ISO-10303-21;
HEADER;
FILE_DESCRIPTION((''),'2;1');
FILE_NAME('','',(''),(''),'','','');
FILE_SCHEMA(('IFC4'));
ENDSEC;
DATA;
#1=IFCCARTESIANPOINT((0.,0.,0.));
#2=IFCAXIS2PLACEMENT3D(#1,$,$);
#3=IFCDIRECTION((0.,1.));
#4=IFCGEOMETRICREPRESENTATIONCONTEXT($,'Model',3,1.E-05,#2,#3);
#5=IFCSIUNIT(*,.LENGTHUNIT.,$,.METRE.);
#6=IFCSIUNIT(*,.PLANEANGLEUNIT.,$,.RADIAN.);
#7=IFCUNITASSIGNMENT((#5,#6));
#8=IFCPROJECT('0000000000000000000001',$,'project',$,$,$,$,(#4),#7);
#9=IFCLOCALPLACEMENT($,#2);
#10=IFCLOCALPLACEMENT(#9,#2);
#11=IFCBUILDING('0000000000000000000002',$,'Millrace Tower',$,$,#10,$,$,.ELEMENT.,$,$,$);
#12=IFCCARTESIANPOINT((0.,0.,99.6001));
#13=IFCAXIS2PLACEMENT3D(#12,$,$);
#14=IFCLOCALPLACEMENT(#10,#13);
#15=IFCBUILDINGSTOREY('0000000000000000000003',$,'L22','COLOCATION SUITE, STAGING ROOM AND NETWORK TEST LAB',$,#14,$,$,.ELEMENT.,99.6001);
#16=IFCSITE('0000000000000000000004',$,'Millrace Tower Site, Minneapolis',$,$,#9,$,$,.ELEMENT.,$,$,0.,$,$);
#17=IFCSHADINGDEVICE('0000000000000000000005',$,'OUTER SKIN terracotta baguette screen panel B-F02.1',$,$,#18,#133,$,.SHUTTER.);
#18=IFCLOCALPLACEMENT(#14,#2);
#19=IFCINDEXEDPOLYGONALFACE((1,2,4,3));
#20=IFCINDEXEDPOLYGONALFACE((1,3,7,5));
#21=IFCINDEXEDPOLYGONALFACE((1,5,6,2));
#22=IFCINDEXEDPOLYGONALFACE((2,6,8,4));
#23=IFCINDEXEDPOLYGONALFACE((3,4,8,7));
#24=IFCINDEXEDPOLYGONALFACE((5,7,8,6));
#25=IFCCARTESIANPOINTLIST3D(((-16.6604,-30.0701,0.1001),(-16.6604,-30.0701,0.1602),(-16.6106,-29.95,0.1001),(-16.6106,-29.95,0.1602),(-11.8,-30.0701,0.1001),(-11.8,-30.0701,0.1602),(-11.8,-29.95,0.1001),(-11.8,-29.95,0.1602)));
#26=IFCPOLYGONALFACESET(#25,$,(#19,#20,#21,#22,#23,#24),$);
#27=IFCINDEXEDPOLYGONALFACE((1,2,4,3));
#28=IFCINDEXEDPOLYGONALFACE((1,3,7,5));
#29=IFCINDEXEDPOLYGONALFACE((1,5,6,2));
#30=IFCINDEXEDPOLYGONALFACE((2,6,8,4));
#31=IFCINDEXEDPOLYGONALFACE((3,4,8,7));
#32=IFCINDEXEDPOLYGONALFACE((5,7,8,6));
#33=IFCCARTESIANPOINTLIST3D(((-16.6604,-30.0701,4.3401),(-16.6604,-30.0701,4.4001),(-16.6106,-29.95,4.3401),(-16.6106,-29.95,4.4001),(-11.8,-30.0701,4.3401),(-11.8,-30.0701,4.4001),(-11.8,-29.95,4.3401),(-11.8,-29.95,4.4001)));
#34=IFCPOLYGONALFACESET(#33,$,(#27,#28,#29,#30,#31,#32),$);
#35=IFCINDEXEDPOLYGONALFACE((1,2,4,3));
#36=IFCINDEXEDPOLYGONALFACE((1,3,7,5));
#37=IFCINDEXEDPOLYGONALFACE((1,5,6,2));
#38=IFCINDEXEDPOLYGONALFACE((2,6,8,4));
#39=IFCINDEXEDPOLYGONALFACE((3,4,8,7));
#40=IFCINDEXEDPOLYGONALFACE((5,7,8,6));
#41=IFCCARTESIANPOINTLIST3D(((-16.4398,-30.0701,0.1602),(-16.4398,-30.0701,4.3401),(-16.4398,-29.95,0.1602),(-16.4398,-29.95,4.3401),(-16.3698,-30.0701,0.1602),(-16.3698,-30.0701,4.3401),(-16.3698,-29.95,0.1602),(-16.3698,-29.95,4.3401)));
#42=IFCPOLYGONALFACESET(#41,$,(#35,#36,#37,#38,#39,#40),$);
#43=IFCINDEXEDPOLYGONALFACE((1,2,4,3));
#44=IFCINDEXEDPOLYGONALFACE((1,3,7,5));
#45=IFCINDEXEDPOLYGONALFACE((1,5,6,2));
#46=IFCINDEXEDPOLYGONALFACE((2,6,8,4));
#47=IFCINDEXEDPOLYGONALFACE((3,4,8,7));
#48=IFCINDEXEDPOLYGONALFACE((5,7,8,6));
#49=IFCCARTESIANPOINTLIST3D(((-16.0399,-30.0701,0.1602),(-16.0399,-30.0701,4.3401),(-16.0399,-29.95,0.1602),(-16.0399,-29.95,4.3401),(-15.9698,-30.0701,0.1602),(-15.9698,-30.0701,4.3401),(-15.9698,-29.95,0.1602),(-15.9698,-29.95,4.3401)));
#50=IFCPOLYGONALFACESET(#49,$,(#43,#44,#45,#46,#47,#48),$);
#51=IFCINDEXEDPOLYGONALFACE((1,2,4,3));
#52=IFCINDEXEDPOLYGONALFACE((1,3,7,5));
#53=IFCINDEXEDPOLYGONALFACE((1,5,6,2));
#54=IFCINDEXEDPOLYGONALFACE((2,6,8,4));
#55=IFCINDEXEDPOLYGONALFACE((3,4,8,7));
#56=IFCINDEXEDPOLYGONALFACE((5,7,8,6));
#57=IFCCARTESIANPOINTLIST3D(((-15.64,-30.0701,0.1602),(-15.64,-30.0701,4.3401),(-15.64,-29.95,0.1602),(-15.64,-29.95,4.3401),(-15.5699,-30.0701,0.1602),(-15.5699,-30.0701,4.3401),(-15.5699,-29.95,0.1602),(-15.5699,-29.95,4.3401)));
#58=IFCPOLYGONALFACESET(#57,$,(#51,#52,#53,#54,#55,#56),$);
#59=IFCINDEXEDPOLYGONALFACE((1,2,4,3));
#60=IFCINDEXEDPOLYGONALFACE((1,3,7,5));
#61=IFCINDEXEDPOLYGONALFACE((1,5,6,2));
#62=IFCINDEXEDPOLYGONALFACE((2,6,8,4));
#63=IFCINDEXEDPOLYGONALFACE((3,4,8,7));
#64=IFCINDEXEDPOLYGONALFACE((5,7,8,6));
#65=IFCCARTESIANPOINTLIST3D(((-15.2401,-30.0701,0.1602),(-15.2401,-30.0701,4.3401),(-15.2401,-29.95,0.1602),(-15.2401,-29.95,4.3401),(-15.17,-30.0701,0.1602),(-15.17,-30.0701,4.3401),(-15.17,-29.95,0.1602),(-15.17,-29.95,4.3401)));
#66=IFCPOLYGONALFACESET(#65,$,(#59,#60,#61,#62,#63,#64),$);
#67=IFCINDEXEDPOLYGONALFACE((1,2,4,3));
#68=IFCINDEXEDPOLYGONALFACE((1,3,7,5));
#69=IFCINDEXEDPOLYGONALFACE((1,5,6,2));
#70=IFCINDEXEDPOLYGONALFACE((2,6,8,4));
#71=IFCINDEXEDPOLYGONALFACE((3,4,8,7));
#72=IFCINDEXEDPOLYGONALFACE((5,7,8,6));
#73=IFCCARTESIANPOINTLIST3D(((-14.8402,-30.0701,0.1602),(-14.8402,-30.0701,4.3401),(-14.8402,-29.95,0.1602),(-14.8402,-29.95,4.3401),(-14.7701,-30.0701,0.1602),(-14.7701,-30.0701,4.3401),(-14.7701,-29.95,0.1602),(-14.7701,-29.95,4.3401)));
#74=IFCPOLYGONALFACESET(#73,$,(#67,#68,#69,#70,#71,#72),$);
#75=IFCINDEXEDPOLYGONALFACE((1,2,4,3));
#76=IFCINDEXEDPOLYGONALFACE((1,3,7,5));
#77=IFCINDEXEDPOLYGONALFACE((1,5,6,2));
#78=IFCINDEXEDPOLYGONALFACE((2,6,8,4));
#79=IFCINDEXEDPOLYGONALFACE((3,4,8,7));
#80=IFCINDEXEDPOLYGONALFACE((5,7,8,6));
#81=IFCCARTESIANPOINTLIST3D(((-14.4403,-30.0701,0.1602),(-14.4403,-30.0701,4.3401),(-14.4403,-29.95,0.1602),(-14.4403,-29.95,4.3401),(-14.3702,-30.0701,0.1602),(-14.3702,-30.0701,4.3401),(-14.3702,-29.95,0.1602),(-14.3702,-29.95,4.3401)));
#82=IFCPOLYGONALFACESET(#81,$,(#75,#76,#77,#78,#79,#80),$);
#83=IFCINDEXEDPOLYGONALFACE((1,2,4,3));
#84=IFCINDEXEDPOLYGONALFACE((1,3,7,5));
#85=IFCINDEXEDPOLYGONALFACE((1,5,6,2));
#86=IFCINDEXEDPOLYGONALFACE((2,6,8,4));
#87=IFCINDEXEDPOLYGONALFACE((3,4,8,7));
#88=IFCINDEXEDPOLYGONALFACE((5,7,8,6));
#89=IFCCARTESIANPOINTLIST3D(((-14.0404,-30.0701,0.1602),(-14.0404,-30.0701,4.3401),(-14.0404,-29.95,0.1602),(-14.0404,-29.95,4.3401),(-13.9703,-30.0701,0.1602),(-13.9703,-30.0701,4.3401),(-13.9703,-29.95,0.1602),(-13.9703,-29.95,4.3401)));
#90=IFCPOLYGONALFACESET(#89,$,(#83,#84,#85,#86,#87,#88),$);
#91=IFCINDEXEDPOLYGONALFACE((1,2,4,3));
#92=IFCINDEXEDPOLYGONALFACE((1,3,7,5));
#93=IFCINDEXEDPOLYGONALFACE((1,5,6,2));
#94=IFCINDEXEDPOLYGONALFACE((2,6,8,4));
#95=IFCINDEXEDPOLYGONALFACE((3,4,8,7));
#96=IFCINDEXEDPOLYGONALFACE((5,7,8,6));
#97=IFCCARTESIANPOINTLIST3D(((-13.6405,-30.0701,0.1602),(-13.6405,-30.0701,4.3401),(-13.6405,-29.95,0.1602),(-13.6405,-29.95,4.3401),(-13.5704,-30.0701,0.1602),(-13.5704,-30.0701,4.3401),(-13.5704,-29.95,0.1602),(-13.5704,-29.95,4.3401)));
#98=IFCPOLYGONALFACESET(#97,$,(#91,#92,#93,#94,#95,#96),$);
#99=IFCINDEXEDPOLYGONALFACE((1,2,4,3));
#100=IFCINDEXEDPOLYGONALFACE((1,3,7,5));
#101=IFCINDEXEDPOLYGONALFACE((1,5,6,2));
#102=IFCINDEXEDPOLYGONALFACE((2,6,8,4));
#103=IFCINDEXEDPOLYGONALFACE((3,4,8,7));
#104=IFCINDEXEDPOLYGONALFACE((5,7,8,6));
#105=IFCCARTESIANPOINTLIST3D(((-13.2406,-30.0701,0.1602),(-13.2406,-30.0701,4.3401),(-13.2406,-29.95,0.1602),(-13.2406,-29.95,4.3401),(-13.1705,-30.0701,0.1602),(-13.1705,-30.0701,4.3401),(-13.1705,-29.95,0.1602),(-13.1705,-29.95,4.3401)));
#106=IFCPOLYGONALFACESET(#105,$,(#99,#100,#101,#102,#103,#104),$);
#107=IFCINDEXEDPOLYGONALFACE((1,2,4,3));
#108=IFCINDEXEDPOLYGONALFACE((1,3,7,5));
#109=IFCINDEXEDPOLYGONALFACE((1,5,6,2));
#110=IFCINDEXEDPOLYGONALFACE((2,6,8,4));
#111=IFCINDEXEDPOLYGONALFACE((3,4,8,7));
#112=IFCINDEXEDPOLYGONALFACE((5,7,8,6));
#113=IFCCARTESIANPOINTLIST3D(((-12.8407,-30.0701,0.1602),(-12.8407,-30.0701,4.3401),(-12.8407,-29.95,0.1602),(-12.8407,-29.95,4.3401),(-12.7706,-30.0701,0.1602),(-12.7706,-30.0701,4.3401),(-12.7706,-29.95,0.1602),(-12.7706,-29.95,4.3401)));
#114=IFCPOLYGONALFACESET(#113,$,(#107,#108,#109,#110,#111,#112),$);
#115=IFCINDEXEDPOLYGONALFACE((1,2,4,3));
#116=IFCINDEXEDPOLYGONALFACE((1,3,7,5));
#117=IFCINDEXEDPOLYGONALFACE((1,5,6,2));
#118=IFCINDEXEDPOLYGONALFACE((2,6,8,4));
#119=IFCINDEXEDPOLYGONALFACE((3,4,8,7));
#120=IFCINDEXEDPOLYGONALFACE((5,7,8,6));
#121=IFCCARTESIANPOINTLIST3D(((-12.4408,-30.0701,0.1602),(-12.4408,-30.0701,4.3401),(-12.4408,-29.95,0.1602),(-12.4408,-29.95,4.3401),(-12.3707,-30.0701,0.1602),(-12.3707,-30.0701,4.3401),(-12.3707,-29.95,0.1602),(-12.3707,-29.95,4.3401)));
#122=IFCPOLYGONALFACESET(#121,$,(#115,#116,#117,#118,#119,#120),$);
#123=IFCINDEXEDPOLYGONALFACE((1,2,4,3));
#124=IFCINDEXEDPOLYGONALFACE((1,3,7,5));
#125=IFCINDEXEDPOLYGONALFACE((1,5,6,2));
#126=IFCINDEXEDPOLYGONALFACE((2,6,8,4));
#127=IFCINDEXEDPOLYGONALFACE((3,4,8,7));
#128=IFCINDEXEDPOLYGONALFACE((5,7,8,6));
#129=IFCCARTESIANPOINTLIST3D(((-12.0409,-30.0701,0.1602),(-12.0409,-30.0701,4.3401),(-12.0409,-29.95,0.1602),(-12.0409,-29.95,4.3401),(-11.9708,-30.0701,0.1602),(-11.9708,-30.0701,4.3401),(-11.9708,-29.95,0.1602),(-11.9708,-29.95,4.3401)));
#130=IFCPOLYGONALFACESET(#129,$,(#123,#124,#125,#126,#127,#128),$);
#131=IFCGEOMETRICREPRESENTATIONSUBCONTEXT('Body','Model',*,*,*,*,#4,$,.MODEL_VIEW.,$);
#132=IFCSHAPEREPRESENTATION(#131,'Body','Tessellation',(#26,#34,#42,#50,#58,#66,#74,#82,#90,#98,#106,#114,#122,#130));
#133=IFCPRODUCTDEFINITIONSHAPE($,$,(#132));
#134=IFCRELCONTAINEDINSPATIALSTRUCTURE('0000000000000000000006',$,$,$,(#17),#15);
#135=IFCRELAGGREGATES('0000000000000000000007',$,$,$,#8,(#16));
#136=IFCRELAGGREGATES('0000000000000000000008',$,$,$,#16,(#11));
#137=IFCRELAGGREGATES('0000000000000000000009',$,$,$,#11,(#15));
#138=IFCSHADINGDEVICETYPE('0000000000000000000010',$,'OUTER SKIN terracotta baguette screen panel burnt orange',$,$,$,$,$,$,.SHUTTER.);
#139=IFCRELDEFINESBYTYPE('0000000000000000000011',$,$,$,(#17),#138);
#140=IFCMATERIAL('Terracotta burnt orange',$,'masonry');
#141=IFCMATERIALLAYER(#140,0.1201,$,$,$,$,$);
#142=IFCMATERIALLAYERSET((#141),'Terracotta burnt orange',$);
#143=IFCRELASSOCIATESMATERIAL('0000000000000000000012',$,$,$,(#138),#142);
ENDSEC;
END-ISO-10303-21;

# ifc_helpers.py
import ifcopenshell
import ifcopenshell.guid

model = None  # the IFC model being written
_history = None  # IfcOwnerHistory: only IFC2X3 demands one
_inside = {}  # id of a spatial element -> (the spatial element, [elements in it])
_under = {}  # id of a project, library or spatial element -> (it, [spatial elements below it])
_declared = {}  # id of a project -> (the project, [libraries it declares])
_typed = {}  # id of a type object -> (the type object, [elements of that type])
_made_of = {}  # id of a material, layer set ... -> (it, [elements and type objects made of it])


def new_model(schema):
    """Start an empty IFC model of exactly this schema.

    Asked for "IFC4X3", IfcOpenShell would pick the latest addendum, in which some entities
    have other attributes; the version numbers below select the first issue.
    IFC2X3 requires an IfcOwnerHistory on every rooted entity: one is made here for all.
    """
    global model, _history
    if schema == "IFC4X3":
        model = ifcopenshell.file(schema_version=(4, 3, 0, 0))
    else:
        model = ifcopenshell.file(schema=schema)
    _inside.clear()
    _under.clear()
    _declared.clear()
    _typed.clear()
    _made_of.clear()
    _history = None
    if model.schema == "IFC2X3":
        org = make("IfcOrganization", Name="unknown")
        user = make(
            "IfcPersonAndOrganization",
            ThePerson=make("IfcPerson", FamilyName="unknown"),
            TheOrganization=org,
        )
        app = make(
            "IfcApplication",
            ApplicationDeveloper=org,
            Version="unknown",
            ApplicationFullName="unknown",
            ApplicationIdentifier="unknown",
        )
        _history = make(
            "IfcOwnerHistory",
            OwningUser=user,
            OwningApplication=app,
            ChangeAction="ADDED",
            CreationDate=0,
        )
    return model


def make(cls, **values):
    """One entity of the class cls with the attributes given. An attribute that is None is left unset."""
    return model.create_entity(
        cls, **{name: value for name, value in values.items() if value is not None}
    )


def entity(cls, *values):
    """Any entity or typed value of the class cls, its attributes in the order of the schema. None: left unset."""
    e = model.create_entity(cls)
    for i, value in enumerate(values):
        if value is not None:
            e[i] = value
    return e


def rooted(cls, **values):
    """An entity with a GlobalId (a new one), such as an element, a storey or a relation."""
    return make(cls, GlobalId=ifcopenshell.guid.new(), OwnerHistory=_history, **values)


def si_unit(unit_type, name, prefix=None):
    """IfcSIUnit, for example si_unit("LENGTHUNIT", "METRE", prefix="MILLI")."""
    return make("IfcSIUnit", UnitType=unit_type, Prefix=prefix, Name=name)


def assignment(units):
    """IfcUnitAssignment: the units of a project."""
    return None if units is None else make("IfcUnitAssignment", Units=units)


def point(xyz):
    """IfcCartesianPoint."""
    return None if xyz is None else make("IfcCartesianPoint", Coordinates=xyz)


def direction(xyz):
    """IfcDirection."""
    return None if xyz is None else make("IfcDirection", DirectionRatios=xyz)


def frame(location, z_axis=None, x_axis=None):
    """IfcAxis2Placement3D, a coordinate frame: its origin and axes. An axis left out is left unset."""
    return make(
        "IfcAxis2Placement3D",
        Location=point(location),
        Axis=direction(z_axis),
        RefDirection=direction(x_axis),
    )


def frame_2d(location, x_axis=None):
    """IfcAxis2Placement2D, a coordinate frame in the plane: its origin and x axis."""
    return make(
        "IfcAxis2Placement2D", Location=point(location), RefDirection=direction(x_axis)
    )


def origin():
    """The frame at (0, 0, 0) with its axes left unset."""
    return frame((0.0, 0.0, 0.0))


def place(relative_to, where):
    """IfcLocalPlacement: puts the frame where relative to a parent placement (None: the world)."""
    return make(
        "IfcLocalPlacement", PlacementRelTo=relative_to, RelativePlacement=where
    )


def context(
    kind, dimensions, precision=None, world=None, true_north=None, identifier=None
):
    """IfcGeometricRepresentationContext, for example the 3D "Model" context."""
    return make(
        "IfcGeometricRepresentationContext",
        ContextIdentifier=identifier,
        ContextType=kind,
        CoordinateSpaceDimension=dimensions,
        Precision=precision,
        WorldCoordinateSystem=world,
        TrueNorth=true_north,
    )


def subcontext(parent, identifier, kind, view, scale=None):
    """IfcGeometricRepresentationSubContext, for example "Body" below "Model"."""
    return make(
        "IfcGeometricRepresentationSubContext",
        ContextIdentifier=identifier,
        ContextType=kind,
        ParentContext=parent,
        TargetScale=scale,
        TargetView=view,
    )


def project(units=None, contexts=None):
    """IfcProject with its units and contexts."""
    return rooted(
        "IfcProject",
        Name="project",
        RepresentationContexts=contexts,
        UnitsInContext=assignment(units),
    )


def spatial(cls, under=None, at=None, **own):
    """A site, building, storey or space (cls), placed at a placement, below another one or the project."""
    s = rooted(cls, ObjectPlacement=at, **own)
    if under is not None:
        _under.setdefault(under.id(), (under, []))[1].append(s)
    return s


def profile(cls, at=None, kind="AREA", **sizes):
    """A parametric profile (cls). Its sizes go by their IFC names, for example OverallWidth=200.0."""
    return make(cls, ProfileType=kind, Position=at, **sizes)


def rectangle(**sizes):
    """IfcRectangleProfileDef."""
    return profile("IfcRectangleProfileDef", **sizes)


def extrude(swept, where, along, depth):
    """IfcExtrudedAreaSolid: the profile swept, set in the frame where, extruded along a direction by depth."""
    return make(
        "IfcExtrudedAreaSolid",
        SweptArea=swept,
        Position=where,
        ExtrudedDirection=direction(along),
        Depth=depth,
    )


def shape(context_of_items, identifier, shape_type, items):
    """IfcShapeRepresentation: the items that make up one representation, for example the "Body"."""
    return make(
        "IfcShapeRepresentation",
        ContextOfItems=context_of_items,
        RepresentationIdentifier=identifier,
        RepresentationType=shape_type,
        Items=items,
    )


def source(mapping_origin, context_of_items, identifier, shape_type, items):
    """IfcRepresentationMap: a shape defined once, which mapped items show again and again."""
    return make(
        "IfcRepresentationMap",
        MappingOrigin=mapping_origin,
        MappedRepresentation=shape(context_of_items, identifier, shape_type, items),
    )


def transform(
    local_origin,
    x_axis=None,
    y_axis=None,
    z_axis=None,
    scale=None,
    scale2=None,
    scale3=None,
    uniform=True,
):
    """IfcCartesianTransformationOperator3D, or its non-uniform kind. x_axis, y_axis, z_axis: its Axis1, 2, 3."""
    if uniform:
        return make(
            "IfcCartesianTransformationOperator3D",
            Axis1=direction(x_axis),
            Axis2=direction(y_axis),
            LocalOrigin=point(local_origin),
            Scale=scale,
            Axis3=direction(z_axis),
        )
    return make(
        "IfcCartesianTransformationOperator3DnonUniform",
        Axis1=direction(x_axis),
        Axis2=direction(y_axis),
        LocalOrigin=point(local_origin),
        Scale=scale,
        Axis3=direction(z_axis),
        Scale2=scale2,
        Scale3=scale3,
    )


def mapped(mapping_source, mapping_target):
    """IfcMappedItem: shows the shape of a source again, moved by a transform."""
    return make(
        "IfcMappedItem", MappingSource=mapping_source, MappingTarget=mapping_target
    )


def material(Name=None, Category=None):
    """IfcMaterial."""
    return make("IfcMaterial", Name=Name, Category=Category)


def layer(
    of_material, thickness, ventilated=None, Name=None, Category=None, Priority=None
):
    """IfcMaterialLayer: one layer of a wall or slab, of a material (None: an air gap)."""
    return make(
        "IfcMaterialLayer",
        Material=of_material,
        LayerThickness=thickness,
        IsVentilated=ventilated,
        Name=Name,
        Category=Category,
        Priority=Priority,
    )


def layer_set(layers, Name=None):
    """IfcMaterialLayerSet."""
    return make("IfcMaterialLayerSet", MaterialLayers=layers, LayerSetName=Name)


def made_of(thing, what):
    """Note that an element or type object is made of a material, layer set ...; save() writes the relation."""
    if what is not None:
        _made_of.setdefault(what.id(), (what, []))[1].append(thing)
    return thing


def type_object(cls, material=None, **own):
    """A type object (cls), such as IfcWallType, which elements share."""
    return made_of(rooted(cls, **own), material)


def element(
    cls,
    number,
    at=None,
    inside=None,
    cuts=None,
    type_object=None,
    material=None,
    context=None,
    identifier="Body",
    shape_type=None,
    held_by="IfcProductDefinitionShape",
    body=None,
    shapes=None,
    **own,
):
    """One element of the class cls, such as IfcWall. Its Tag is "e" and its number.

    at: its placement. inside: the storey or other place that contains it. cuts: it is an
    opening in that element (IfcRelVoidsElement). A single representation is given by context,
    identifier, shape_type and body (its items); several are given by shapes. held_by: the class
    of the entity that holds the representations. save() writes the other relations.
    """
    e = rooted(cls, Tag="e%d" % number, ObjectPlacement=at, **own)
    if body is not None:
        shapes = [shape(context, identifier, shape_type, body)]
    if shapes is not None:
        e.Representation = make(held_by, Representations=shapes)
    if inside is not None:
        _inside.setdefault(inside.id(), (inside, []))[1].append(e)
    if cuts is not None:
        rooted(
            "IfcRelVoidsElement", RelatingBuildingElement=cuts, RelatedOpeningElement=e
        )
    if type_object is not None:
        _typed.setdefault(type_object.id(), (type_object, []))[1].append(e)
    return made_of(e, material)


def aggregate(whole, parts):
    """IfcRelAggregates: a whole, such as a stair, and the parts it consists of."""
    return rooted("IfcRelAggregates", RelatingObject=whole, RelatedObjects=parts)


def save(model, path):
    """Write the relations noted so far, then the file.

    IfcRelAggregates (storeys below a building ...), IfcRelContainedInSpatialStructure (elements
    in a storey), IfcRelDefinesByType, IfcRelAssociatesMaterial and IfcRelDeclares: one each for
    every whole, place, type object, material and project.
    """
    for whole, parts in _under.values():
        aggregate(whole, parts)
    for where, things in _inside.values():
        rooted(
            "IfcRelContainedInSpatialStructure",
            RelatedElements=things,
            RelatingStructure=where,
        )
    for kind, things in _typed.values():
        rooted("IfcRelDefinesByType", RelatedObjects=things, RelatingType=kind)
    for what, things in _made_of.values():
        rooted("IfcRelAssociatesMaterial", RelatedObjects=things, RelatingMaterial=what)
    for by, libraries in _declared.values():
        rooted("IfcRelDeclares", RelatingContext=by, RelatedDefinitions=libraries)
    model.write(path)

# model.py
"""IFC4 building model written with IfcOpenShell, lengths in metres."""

from ifc_helpers import new_model, entity, si_unit, direction, frame, frame_2d, origin, place, context, subcontext, project, spatial, rectangle, extrude, source, transform, mapped, material, layer, layer_set, type_object, element, save


model = new_model("IFC4")

# Units and contexts
model_context = context("Model", 3, precision=1e-05, world=origin(), true_north=direction((0.0, 1.0)))
body_context = subcontext(model_context, "Body", "Model", "MODEL_VIEW")
ifc_project = project(units=[si_unit("LENGTHUNIT", "METRE"), si_unit("PLANEANGLEUNIT", "RADIAN")], contexts=[model_context])

# Site, building, storey
site_placement = place(None, origin())
site = spatial("IfcSite", under=ifc_project, at=site_placement, Name="Millrace Tower Site, Minneapolis", CompositionType="ELEMENT", RefElevation=0.0)
building_placement = place(site_placement, origin())
building = spatial("IfcBuilding", under=site, at=building_placement, Name="Millrace Tower", CompositionType="ELEMENT")
storey_placement = place(building_placement, frame((0.0, 0.0, 99.6001)))
storey = spatial("IfcBuildingStorey", under=building, at=storey_placement, Name="L22", Description="COLOCATION SUITE, STAGING ROOM AND NETWORK TEST LAB", CompositionType="ELEMENT", Elevation=99.6001)

# Shading device
ifc_material_1 = material(Name="Terracotta burnt orange", Category="masonry")
ifc_layer_1 = layer(ifc_material_1, 0.1201)
ifc_layer_set_1 = layer_set([ifc_layer_1], Name="Terracotta burnt orange")
shading_device_type = type_object("IfcShadingDeviceType", Name="OUTER SKIN terracotta baguette screen panel burnt orange", PredefinedType="SHUTTER", material=ifc_layer_set_1)
cartesian_point_1 = entity("IfcCartesianPoint", [-2.3928, 0.0601])
shared_polyline_1 = entity("IfcPolyline", [cartesian_point_1, entity("IfcCartesianPoint", [2.4177, 0.0601]), entity("IfcCartesianPoint", [2.4177, -0.0601]), entity("IfcCartesianPoint", [-2.4426, -0.0601]), cartesian_point_1])
shared_shape_1 = source(origin(), body_context, "Body", "SweptSolid", [
    entity("IfcExtrudedAreaSolid", entity("IfcArbitraryClosedProfileDef", "AREA", None, shared_polyline_1), entity("IfcAxis2Placement3D", entity("IfcCartesianPoint", [0.0, 0.0, 0.0])), entity("IfcDirection", [0.0, 0.0, 1.0]), 0.0601),
    entity("IfcExtrudedAreaSolid", entity("IfcArbitraryClosedProfileDef", "AREA", None, shared_polyline_1), entity("IfcAxis2Placement3D", entity("IfcCartesianPoint", [0.0, 0.0, 4.24])), entity("IfcDirection", [0.0, 0.0, 1.0]), 0.0601),
    extrude(rectangle(XDim=0.0701, YDim=0.1201, at=frame_2d((-2.187, 0.0))), frame((0.0, 0.0, 0.0601)), (0.0, 0.0, 1.0), 4.1799),
    extrude(rectangle(XDim=0.0701, YDim=0.1201, at=frame_2d((-1.7871, 0.0))), frame((0.0, 0.0, 0.0601)), (0.0, 0.0, 1.0), 4.1799),
    extrude(rectangle(XDim=0.0701, YDim=0.1201, at=frame_2d((-1.3872, 0.0))), frame((0.0, 0.0, 0.0601)), (0.0, 0.0, 1.0), 4.1799),
    extrude(rectangle(XDim=0.0701, YDim=0.1201, at=frame_2d((-0.9873, 0.0))), frame((0.0, 0.0, 0.0601)), (0.0, 0.0, 1.0), 4.1799),
    extrude(rectangle(XDim=0.0701, YDim=0.1201, at=frame_2d((-0.5874, 0.0))), frame((0.0, 0.0, 0.0601)), (0.0, 0.0, 1.0), 4.1799),
    extrude(rectangle(XDim=0.0701, YDim=0.1201, at=frame_2d((-0.1875, 0.0))), frame((0.0, 0.0, 0.0601)), (0.0, 0.0, 1.0), 4.1799),
    extrude(rectangle(XDim=0.0701, YDim=0.1201, at=frame_2d((0.2124, 0.0))), frame((0.0, 0.0, 0.0601)), (0.0, 0.0, 1.0), 4.1799),
    extrude(rectangle(XDim=0.0701, YDim=0.1201, at=frame_2d((0.6123, 0.0))), frame((0.0, 0.0, 0.0601)), (0.0, 0.0, 1.0), 4.1799),
    extrude(rectangle(XDim=0.0701, YDim=0.1201, at=frame_2d((1.0122, 0.0))), frame((0.0, 0.0, 0.0601)), (0.0, 0.0, 1.0), 4.1799),
    extrude(rectangle(XDim=0.0701, YDim=0.1201, at=frame_2d((1.4121, 0.0))), frame((0.0, 0.0, 0.0601)), (0.0, 0.0, 1.0), 4.1799),
    extrude(rectangle(XDim=0.0701, YDim=0.1201, at=frame_2d((1.812, 0.0))), frame((0.0, 0.0, 0.0601)), (0.0, 0.0, 1.0), 4.1799),
    extrude(rectangle(XDim=0.0701, YDim=0.1201, at=frame_2d((2.2119, 0.0))), frame((0.0, 0.0, 0.0601)), (0.0, 0.0, 1.0), 4.1799),
])
shading_device_placement = place(storey_placement, frame((-14.2178, -30.01, 0.1001), z_axis=(0.0, 0.0, 1.0), x_axis=(1.0, 0.0, 0.0)))
element("IfcShadingDevice", 1, at=shading_device_placement, inside=storey, type_object=shading_device_type, Name="OUTER SKIN terracotta baguette screen panel B-F02.1", PredefinedType="SHUTTER", context=body_context, shape_type="MappedRepresentation", body=[
    mapped(shared_shape_1, transform((0.0, 0.0, 0.0), scale=1.0)),
])

save(model, "model.ifc")
